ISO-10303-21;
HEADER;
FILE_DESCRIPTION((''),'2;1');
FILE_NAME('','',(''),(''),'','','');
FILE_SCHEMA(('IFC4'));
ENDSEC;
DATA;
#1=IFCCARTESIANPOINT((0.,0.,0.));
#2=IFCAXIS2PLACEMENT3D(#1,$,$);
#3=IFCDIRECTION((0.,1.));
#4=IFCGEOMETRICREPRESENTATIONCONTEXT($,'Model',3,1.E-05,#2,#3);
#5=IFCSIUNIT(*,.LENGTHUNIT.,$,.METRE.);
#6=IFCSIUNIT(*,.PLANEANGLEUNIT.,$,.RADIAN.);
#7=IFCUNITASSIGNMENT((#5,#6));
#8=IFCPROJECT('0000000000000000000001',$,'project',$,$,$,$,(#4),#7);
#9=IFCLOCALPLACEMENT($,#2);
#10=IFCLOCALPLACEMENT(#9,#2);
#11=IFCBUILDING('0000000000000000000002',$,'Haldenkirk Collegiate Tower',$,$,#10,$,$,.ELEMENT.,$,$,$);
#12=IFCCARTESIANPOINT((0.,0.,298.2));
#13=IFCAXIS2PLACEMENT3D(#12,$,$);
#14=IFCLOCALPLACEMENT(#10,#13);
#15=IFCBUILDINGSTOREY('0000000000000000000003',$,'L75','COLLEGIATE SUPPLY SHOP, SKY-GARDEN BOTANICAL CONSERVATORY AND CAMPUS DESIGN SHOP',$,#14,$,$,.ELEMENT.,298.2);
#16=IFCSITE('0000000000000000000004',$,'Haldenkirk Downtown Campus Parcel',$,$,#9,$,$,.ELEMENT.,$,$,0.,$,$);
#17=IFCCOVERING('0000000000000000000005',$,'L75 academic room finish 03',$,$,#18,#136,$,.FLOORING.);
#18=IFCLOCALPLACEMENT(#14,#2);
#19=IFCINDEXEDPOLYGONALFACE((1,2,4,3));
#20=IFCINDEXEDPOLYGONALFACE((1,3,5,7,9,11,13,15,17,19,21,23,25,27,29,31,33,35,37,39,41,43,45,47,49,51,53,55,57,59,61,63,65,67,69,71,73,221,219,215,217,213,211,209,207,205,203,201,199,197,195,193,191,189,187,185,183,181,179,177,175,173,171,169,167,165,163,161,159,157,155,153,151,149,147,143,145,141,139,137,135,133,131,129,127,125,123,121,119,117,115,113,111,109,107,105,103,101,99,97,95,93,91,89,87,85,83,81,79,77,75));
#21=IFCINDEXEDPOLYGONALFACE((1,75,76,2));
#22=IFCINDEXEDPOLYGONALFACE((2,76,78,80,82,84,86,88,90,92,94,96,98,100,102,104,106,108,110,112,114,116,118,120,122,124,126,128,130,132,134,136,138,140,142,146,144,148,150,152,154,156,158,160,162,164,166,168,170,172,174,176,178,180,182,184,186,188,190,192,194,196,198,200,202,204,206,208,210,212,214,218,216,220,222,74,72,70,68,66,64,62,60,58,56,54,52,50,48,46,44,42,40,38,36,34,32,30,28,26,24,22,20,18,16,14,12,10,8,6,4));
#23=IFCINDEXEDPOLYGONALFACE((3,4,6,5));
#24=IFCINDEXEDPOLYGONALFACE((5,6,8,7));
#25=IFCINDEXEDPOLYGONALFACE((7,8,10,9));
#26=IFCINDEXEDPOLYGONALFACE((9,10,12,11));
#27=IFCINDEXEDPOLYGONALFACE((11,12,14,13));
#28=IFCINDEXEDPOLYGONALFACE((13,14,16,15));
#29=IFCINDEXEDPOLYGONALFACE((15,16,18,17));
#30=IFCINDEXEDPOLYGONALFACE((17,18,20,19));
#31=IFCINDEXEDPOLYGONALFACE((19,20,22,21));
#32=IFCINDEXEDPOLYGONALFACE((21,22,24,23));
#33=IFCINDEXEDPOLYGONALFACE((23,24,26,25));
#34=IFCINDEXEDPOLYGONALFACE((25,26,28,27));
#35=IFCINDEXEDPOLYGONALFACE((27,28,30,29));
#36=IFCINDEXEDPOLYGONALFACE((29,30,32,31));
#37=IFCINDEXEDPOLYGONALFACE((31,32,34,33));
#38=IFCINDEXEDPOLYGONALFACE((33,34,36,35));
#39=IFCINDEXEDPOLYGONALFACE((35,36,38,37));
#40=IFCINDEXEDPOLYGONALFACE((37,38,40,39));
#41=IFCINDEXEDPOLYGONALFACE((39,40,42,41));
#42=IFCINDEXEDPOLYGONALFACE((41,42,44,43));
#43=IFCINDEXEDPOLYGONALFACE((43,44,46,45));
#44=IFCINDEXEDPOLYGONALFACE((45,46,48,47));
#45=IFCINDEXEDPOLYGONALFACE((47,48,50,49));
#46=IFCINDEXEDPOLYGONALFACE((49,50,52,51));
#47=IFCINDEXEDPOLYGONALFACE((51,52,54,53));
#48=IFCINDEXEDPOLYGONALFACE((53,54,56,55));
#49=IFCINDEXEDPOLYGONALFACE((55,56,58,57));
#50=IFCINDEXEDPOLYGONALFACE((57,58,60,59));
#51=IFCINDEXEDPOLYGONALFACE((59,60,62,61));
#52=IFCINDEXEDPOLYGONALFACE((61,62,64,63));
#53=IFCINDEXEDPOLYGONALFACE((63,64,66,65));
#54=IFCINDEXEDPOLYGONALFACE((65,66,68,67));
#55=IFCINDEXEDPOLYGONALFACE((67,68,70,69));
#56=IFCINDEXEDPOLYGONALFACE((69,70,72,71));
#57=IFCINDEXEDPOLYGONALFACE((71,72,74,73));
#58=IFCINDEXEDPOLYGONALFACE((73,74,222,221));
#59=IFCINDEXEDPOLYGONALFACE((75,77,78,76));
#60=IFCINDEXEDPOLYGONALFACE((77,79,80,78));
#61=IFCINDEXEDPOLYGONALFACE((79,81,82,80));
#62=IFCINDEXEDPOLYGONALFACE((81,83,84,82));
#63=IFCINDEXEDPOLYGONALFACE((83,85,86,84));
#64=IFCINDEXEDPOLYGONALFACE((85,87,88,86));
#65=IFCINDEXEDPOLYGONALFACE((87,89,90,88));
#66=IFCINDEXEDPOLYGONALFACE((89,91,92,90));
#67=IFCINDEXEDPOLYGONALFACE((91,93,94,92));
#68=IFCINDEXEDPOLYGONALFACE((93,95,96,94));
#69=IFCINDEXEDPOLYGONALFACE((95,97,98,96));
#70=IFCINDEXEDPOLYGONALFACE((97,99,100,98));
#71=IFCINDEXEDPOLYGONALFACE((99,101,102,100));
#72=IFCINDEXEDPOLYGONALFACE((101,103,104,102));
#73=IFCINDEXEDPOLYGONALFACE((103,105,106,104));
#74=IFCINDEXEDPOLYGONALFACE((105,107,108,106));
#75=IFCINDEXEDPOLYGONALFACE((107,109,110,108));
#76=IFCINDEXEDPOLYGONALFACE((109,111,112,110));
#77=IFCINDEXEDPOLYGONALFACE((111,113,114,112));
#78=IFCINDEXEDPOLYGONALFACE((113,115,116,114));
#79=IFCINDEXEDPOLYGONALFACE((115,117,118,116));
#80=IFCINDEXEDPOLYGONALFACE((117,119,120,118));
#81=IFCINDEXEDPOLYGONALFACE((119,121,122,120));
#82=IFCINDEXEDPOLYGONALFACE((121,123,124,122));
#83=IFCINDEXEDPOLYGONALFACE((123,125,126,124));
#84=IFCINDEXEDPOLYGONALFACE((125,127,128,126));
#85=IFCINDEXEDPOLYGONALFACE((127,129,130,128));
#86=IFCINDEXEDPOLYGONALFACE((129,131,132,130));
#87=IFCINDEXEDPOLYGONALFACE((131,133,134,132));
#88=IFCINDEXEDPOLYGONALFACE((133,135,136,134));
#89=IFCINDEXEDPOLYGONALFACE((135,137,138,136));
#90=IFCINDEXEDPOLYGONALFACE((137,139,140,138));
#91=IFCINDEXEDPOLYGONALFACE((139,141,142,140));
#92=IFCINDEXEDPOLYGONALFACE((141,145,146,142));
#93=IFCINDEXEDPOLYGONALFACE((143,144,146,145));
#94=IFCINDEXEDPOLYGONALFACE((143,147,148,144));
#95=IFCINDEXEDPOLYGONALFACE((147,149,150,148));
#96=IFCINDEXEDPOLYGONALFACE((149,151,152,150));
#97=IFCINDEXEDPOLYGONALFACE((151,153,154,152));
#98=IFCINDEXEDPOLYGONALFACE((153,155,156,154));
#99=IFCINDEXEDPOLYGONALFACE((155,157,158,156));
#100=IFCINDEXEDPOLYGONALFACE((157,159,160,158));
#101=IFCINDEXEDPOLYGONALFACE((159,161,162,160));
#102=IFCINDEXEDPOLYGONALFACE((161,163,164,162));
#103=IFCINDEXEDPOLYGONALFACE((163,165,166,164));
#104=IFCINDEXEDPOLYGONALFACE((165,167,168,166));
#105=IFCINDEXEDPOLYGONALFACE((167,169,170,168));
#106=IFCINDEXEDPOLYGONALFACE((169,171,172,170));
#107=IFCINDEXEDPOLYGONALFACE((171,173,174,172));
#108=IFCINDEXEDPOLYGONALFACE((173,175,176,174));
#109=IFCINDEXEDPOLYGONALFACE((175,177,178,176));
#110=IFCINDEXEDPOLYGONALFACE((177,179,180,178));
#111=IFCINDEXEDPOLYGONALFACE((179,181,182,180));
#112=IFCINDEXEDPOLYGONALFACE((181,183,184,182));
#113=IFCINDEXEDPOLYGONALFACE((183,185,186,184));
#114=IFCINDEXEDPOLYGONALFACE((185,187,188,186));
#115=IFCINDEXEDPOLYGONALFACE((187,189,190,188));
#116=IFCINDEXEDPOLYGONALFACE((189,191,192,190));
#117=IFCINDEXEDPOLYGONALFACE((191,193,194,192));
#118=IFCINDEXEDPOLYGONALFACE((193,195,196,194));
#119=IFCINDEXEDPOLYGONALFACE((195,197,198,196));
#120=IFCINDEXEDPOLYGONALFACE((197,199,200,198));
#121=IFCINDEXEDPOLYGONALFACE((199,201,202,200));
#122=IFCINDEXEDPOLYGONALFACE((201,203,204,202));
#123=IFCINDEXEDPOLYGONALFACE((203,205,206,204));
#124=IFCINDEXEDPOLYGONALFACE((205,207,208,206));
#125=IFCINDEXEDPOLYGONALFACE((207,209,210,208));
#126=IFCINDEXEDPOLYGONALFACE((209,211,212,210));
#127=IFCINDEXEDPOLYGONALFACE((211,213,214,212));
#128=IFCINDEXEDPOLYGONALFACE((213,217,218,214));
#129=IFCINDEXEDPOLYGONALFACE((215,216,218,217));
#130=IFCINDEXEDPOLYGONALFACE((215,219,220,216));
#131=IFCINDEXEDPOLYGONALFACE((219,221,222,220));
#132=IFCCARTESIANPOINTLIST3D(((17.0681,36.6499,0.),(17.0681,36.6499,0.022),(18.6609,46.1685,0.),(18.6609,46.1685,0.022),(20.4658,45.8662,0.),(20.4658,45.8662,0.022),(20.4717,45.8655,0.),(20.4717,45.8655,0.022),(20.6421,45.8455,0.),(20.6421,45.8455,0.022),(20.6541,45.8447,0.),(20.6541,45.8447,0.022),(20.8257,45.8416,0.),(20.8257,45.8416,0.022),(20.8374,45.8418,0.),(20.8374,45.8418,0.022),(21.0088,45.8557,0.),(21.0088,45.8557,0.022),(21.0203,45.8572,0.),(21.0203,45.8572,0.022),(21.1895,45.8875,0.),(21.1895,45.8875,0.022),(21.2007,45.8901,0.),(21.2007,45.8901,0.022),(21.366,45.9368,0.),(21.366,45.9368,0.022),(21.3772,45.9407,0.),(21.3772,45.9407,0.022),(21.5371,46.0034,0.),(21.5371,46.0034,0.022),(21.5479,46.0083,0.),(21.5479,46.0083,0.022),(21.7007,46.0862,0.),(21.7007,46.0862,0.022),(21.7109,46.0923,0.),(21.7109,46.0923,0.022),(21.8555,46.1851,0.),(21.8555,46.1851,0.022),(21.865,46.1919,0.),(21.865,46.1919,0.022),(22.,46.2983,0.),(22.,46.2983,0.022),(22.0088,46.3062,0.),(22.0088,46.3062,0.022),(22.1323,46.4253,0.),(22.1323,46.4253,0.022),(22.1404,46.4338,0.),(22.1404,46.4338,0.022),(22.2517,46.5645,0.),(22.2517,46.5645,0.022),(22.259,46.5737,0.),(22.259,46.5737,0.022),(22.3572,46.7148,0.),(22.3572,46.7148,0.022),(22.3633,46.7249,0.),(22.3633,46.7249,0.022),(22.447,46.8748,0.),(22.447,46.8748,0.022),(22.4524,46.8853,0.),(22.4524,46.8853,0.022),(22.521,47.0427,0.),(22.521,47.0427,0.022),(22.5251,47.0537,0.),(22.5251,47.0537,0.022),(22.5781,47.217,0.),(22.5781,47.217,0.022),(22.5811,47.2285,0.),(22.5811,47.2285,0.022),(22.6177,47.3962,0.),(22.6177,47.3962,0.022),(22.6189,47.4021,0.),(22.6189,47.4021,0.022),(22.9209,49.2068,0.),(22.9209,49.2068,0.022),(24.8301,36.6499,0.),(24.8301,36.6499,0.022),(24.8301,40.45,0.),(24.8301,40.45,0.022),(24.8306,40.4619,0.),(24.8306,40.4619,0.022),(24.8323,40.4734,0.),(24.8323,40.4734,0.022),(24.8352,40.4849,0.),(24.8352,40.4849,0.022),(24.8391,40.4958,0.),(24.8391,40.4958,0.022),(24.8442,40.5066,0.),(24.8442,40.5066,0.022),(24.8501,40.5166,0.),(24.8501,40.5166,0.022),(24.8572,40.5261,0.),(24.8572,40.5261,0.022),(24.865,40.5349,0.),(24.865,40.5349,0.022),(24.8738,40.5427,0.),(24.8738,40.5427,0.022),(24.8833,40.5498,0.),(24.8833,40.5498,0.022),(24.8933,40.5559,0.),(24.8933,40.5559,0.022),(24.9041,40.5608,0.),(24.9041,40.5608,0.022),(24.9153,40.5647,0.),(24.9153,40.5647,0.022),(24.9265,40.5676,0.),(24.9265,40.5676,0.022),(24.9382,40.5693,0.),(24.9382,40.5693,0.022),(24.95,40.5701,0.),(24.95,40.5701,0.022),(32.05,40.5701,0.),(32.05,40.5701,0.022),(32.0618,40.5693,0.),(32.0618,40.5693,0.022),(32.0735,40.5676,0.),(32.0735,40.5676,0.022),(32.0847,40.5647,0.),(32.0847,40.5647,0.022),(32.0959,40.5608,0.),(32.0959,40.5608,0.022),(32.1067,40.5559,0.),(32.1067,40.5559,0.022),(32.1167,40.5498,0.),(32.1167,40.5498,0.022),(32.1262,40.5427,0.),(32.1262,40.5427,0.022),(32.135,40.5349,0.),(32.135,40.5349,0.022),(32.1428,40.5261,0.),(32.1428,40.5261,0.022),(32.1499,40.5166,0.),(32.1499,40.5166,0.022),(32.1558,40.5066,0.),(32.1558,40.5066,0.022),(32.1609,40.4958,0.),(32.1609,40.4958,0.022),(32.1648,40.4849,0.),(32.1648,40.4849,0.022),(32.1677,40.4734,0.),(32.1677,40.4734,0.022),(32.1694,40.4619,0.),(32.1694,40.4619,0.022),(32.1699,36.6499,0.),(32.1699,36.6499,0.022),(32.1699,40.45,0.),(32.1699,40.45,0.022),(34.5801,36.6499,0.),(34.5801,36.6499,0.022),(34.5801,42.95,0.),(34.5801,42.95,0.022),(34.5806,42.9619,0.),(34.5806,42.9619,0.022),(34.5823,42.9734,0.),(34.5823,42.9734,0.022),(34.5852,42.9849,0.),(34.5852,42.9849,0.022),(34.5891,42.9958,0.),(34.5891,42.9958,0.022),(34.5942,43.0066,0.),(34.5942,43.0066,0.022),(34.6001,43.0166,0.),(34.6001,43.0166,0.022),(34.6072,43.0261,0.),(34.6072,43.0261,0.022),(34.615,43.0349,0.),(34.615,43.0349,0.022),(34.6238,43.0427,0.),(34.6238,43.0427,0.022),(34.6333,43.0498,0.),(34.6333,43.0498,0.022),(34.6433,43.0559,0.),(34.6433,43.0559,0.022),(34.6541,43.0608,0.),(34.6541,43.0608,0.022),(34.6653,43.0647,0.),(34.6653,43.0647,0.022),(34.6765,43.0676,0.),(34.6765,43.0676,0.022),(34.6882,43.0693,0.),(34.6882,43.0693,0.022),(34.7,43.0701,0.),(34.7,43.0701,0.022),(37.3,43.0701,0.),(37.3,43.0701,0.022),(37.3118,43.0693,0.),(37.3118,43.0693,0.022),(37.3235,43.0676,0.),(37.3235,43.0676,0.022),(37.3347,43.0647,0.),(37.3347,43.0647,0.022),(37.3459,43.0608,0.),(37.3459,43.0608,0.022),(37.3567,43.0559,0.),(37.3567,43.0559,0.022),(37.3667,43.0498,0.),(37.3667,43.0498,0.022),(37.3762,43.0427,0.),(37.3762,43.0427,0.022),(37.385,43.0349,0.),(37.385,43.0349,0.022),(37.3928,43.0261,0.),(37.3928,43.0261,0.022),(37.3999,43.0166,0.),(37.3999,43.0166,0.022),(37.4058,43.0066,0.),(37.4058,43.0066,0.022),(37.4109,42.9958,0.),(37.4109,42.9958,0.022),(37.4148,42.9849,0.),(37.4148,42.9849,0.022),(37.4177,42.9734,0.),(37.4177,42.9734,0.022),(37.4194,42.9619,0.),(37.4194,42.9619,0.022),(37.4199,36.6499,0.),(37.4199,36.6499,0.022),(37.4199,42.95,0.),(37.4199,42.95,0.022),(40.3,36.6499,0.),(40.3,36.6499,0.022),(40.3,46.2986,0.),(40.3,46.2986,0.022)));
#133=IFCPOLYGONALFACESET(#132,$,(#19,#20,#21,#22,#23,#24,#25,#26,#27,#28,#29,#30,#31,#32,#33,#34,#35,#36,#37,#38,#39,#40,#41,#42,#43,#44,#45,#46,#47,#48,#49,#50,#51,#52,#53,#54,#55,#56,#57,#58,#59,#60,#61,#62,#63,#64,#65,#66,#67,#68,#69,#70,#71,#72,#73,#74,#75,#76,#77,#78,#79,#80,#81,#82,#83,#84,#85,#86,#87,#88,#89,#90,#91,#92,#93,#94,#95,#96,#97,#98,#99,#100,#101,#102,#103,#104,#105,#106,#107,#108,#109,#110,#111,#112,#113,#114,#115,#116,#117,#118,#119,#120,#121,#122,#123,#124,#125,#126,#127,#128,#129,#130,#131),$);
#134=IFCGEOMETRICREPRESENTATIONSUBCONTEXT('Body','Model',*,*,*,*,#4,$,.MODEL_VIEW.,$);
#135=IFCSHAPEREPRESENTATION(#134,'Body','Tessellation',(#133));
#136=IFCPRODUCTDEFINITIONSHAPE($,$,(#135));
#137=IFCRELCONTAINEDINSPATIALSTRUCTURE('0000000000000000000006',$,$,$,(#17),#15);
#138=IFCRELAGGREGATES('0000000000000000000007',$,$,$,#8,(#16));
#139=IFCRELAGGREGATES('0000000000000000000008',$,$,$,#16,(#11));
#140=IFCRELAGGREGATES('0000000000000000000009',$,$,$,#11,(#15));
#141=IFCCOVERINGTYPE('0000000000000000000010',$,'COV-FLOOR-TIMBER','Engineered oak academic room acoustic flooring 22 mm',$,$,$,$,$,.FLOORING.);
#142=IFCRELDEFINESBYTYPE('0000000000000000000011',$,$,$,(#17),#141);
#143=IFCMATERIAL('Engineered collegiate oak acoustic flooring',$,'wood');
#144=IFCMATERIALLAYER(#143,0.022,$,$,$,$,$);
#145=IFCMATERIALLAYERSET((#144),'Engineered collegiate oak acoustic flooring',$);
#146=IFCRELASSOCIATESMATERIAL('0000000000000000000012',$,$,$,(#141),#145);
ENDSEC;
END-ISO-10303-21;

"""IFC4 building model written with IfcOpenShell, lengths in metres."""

from ifc_helpers import new_model, si_unit, direction, frame, origin, place, context, subcontext, project, spatial, polyline, outline, extrude, material, layer, layer_set, type_object, element, save


model = new_model("IFC4")

# Units and contexts
model_context = context("Model", 3, precision=1e-05, world=origin(), true_north=direction((0.0, 1.0)))
body_context = subcontext(model_context, "Body", "Model", "MODEL_VIEW")
ifc_project = project(units=[si_unit("LENGTHUNIT", "METRE"), si_unit("PLANEANGLEUNIT", "RADIAN")], contexts=[model_context])

# Site, building, storey
site_placement = place(None, origin())
site = spatial("IfcSite", under=ifc_project, at=site_placement, Name="Haldenkirk Downtown Campus Parcel", CompositionType="ELEMENT", RefElevation=0.0)
building_placement = place(site_placement, origin())
building = spatial("IfcBuilding", under=site, at=building_placement, Name="Haldenkirk Collegiate Tower", CompositionType="ELEMENT")
storey_placement = place(building_placement, frame((0.0, 0.0, 298.2)))
storey = spatial("IfcBuildingStorey", under=building, at=storey_placement, Name="L75", Description="COLLEGIATE SUPPLY SHOP, SKY-GARDEN BOTANICAL CONSERVATORY AND CAMPUS DESIGN SHOP", CompositionType="ELEMENT", Elevation=298.2)

# Covering
ifc_material_1 = material(Name="Engineered collegiate oak acoustic flooring", Category="wood")
ifc_layer_1 = layer(ifc_material_1, 0.022)
ifc_layer_set_1 = layer_set([ifc_layer_1], Name="Engineered collegiate oak acoustic flooring")
covering_type_1 = type_object("IfcCoveringType", Name="COV-FLOOR-TIMBER", Description="Engineered oak academic room acoustic flooring 22 mm", PredefinedType="FLOORING", material=ifc_layer_set_1)
covering_1_placement = place(storey_placement, origin())
element("IfcCovering", 1, at=covering_1_placement, inside=storey, type_object=covering_type_1, Name="L75 academic room finish 03", PredefinedType="FLOORING", context=body_context, shape_type="SweptSolid", body=[
    extrude(outline(polyline([(20.4658, 45.8662), (20.4717, 45.8655), (20.6421, 45.8455), (20.6541, 45.8447), (20.8257, 45.8416), (20.8374, 45.8418), (21.0088, 45.8557), (21.0203, 45.8572), (21.1895, 45.8875), (21.2007, 45.8901), (21.366, 45.9368), (21.3772, 45.9407), (21.5371, 46.0034), (21.5479, 46.0083), (21.7007, 46.0862), (21.7109, 46.0923), (21.8555, 46.1851), (21.865, 46.1919), (22.0, 46.2983), (22.0088, 46.3062), (22.1323, 46.4253), (22.1404, 46.4338), (22.2517, 46.5645), (22.259, 46.5737), (22.3572, 46.7148), (22.3633, 46.7249), (22.447, 46.8748), (22.4524, 46.8853), (22.521, 47.0427), (22.5251, 47.0537), (22.5781, 47.217), (22.5811, 47.2285), (22.6177, 47.3962), (22.6189, 47.4021), (22.9209, 49.2068), (40.3, 46.2986), (40.3, 36.6499), (37.4199, 36.6499), (37.4199, 42.95), (37.4194, 42.9619), (37.4177, 42.9734), (37.4148, 42.9849), (37.4109, 42.9958), (37.4058, 43.0066), (37.3999, 43.0166), (37.3928, 43.0261), (37.385, 43.0349), (37.3762, 43.0427), (37.3667, 43.0498), (37.3567, 43.0559), (37.3459, 43.0608), (37.3347, 43.0647), (37.3235, 43.0676), (37.3118, 43.0693), (37.3, 43.0701), (34.7, 43.0701), (34.6882, 43.0693), (34.6765, 43.0676), (34.6653, 43.0647), (34.6541, 43.0608), (34.6433, 43.0559), (34.6333, 43.0498), (34.6238, 43.0427), (34.615, 43.0349), (34.6072, 43.0261), (34.6001, 43.0166), (34.5942, 43.0066), (34.5891, 42.9958), (34.5852, 42.9849), (34.5823, 42.9734), (34.5806, 42.9619), (34.5801, 42.95), (34.5801, 36.6499), (32.1699, 36.6499), (32.1699, 40.45), (32.1694, 40.4619), (32.1677, 40.4734), (32.1648, 40.4849), (32.1609, 40.4958), (32.1558, 40.5066), (32.1499, 40.5166), (32.1428, 40.5261), (32.135, 40.5349), (32.1262, 40.5427), (32.1167, 40.5498), (32.1067, 40.5559), (32.0959, 40.5608), (32.0847, 40.5647), (32.0735, 40.5676), (32.0618, 40.5693), (32.05, 40.5701), (24.95, 40.5701), (24.9382, 40.5693), (24.9265, 40.5676), (24.9153, 40.5647), (24.9041, 40.5608), (24.8933, 40.5559), (24.8833, 40.5498), (24.8738, 40.5427), (24.865, 40.5349), (24.8572, 40.5261), (24.8501, 40.5166), (24.8442, 40.5066), (24.8391, 40.4958), (24.8352, 40.4849), (24.8323, 40.4734), (24.8306, 40.4619), (24.8301, 40.45), (24.8301, 36.6499), (17.0681, 36.6499), (18.6609, 46.1685), (20.4658, 45.8662)])), origin(), (0.0, 0.0, 1.0), 0.022),
])

save(model, "model.ifc")
